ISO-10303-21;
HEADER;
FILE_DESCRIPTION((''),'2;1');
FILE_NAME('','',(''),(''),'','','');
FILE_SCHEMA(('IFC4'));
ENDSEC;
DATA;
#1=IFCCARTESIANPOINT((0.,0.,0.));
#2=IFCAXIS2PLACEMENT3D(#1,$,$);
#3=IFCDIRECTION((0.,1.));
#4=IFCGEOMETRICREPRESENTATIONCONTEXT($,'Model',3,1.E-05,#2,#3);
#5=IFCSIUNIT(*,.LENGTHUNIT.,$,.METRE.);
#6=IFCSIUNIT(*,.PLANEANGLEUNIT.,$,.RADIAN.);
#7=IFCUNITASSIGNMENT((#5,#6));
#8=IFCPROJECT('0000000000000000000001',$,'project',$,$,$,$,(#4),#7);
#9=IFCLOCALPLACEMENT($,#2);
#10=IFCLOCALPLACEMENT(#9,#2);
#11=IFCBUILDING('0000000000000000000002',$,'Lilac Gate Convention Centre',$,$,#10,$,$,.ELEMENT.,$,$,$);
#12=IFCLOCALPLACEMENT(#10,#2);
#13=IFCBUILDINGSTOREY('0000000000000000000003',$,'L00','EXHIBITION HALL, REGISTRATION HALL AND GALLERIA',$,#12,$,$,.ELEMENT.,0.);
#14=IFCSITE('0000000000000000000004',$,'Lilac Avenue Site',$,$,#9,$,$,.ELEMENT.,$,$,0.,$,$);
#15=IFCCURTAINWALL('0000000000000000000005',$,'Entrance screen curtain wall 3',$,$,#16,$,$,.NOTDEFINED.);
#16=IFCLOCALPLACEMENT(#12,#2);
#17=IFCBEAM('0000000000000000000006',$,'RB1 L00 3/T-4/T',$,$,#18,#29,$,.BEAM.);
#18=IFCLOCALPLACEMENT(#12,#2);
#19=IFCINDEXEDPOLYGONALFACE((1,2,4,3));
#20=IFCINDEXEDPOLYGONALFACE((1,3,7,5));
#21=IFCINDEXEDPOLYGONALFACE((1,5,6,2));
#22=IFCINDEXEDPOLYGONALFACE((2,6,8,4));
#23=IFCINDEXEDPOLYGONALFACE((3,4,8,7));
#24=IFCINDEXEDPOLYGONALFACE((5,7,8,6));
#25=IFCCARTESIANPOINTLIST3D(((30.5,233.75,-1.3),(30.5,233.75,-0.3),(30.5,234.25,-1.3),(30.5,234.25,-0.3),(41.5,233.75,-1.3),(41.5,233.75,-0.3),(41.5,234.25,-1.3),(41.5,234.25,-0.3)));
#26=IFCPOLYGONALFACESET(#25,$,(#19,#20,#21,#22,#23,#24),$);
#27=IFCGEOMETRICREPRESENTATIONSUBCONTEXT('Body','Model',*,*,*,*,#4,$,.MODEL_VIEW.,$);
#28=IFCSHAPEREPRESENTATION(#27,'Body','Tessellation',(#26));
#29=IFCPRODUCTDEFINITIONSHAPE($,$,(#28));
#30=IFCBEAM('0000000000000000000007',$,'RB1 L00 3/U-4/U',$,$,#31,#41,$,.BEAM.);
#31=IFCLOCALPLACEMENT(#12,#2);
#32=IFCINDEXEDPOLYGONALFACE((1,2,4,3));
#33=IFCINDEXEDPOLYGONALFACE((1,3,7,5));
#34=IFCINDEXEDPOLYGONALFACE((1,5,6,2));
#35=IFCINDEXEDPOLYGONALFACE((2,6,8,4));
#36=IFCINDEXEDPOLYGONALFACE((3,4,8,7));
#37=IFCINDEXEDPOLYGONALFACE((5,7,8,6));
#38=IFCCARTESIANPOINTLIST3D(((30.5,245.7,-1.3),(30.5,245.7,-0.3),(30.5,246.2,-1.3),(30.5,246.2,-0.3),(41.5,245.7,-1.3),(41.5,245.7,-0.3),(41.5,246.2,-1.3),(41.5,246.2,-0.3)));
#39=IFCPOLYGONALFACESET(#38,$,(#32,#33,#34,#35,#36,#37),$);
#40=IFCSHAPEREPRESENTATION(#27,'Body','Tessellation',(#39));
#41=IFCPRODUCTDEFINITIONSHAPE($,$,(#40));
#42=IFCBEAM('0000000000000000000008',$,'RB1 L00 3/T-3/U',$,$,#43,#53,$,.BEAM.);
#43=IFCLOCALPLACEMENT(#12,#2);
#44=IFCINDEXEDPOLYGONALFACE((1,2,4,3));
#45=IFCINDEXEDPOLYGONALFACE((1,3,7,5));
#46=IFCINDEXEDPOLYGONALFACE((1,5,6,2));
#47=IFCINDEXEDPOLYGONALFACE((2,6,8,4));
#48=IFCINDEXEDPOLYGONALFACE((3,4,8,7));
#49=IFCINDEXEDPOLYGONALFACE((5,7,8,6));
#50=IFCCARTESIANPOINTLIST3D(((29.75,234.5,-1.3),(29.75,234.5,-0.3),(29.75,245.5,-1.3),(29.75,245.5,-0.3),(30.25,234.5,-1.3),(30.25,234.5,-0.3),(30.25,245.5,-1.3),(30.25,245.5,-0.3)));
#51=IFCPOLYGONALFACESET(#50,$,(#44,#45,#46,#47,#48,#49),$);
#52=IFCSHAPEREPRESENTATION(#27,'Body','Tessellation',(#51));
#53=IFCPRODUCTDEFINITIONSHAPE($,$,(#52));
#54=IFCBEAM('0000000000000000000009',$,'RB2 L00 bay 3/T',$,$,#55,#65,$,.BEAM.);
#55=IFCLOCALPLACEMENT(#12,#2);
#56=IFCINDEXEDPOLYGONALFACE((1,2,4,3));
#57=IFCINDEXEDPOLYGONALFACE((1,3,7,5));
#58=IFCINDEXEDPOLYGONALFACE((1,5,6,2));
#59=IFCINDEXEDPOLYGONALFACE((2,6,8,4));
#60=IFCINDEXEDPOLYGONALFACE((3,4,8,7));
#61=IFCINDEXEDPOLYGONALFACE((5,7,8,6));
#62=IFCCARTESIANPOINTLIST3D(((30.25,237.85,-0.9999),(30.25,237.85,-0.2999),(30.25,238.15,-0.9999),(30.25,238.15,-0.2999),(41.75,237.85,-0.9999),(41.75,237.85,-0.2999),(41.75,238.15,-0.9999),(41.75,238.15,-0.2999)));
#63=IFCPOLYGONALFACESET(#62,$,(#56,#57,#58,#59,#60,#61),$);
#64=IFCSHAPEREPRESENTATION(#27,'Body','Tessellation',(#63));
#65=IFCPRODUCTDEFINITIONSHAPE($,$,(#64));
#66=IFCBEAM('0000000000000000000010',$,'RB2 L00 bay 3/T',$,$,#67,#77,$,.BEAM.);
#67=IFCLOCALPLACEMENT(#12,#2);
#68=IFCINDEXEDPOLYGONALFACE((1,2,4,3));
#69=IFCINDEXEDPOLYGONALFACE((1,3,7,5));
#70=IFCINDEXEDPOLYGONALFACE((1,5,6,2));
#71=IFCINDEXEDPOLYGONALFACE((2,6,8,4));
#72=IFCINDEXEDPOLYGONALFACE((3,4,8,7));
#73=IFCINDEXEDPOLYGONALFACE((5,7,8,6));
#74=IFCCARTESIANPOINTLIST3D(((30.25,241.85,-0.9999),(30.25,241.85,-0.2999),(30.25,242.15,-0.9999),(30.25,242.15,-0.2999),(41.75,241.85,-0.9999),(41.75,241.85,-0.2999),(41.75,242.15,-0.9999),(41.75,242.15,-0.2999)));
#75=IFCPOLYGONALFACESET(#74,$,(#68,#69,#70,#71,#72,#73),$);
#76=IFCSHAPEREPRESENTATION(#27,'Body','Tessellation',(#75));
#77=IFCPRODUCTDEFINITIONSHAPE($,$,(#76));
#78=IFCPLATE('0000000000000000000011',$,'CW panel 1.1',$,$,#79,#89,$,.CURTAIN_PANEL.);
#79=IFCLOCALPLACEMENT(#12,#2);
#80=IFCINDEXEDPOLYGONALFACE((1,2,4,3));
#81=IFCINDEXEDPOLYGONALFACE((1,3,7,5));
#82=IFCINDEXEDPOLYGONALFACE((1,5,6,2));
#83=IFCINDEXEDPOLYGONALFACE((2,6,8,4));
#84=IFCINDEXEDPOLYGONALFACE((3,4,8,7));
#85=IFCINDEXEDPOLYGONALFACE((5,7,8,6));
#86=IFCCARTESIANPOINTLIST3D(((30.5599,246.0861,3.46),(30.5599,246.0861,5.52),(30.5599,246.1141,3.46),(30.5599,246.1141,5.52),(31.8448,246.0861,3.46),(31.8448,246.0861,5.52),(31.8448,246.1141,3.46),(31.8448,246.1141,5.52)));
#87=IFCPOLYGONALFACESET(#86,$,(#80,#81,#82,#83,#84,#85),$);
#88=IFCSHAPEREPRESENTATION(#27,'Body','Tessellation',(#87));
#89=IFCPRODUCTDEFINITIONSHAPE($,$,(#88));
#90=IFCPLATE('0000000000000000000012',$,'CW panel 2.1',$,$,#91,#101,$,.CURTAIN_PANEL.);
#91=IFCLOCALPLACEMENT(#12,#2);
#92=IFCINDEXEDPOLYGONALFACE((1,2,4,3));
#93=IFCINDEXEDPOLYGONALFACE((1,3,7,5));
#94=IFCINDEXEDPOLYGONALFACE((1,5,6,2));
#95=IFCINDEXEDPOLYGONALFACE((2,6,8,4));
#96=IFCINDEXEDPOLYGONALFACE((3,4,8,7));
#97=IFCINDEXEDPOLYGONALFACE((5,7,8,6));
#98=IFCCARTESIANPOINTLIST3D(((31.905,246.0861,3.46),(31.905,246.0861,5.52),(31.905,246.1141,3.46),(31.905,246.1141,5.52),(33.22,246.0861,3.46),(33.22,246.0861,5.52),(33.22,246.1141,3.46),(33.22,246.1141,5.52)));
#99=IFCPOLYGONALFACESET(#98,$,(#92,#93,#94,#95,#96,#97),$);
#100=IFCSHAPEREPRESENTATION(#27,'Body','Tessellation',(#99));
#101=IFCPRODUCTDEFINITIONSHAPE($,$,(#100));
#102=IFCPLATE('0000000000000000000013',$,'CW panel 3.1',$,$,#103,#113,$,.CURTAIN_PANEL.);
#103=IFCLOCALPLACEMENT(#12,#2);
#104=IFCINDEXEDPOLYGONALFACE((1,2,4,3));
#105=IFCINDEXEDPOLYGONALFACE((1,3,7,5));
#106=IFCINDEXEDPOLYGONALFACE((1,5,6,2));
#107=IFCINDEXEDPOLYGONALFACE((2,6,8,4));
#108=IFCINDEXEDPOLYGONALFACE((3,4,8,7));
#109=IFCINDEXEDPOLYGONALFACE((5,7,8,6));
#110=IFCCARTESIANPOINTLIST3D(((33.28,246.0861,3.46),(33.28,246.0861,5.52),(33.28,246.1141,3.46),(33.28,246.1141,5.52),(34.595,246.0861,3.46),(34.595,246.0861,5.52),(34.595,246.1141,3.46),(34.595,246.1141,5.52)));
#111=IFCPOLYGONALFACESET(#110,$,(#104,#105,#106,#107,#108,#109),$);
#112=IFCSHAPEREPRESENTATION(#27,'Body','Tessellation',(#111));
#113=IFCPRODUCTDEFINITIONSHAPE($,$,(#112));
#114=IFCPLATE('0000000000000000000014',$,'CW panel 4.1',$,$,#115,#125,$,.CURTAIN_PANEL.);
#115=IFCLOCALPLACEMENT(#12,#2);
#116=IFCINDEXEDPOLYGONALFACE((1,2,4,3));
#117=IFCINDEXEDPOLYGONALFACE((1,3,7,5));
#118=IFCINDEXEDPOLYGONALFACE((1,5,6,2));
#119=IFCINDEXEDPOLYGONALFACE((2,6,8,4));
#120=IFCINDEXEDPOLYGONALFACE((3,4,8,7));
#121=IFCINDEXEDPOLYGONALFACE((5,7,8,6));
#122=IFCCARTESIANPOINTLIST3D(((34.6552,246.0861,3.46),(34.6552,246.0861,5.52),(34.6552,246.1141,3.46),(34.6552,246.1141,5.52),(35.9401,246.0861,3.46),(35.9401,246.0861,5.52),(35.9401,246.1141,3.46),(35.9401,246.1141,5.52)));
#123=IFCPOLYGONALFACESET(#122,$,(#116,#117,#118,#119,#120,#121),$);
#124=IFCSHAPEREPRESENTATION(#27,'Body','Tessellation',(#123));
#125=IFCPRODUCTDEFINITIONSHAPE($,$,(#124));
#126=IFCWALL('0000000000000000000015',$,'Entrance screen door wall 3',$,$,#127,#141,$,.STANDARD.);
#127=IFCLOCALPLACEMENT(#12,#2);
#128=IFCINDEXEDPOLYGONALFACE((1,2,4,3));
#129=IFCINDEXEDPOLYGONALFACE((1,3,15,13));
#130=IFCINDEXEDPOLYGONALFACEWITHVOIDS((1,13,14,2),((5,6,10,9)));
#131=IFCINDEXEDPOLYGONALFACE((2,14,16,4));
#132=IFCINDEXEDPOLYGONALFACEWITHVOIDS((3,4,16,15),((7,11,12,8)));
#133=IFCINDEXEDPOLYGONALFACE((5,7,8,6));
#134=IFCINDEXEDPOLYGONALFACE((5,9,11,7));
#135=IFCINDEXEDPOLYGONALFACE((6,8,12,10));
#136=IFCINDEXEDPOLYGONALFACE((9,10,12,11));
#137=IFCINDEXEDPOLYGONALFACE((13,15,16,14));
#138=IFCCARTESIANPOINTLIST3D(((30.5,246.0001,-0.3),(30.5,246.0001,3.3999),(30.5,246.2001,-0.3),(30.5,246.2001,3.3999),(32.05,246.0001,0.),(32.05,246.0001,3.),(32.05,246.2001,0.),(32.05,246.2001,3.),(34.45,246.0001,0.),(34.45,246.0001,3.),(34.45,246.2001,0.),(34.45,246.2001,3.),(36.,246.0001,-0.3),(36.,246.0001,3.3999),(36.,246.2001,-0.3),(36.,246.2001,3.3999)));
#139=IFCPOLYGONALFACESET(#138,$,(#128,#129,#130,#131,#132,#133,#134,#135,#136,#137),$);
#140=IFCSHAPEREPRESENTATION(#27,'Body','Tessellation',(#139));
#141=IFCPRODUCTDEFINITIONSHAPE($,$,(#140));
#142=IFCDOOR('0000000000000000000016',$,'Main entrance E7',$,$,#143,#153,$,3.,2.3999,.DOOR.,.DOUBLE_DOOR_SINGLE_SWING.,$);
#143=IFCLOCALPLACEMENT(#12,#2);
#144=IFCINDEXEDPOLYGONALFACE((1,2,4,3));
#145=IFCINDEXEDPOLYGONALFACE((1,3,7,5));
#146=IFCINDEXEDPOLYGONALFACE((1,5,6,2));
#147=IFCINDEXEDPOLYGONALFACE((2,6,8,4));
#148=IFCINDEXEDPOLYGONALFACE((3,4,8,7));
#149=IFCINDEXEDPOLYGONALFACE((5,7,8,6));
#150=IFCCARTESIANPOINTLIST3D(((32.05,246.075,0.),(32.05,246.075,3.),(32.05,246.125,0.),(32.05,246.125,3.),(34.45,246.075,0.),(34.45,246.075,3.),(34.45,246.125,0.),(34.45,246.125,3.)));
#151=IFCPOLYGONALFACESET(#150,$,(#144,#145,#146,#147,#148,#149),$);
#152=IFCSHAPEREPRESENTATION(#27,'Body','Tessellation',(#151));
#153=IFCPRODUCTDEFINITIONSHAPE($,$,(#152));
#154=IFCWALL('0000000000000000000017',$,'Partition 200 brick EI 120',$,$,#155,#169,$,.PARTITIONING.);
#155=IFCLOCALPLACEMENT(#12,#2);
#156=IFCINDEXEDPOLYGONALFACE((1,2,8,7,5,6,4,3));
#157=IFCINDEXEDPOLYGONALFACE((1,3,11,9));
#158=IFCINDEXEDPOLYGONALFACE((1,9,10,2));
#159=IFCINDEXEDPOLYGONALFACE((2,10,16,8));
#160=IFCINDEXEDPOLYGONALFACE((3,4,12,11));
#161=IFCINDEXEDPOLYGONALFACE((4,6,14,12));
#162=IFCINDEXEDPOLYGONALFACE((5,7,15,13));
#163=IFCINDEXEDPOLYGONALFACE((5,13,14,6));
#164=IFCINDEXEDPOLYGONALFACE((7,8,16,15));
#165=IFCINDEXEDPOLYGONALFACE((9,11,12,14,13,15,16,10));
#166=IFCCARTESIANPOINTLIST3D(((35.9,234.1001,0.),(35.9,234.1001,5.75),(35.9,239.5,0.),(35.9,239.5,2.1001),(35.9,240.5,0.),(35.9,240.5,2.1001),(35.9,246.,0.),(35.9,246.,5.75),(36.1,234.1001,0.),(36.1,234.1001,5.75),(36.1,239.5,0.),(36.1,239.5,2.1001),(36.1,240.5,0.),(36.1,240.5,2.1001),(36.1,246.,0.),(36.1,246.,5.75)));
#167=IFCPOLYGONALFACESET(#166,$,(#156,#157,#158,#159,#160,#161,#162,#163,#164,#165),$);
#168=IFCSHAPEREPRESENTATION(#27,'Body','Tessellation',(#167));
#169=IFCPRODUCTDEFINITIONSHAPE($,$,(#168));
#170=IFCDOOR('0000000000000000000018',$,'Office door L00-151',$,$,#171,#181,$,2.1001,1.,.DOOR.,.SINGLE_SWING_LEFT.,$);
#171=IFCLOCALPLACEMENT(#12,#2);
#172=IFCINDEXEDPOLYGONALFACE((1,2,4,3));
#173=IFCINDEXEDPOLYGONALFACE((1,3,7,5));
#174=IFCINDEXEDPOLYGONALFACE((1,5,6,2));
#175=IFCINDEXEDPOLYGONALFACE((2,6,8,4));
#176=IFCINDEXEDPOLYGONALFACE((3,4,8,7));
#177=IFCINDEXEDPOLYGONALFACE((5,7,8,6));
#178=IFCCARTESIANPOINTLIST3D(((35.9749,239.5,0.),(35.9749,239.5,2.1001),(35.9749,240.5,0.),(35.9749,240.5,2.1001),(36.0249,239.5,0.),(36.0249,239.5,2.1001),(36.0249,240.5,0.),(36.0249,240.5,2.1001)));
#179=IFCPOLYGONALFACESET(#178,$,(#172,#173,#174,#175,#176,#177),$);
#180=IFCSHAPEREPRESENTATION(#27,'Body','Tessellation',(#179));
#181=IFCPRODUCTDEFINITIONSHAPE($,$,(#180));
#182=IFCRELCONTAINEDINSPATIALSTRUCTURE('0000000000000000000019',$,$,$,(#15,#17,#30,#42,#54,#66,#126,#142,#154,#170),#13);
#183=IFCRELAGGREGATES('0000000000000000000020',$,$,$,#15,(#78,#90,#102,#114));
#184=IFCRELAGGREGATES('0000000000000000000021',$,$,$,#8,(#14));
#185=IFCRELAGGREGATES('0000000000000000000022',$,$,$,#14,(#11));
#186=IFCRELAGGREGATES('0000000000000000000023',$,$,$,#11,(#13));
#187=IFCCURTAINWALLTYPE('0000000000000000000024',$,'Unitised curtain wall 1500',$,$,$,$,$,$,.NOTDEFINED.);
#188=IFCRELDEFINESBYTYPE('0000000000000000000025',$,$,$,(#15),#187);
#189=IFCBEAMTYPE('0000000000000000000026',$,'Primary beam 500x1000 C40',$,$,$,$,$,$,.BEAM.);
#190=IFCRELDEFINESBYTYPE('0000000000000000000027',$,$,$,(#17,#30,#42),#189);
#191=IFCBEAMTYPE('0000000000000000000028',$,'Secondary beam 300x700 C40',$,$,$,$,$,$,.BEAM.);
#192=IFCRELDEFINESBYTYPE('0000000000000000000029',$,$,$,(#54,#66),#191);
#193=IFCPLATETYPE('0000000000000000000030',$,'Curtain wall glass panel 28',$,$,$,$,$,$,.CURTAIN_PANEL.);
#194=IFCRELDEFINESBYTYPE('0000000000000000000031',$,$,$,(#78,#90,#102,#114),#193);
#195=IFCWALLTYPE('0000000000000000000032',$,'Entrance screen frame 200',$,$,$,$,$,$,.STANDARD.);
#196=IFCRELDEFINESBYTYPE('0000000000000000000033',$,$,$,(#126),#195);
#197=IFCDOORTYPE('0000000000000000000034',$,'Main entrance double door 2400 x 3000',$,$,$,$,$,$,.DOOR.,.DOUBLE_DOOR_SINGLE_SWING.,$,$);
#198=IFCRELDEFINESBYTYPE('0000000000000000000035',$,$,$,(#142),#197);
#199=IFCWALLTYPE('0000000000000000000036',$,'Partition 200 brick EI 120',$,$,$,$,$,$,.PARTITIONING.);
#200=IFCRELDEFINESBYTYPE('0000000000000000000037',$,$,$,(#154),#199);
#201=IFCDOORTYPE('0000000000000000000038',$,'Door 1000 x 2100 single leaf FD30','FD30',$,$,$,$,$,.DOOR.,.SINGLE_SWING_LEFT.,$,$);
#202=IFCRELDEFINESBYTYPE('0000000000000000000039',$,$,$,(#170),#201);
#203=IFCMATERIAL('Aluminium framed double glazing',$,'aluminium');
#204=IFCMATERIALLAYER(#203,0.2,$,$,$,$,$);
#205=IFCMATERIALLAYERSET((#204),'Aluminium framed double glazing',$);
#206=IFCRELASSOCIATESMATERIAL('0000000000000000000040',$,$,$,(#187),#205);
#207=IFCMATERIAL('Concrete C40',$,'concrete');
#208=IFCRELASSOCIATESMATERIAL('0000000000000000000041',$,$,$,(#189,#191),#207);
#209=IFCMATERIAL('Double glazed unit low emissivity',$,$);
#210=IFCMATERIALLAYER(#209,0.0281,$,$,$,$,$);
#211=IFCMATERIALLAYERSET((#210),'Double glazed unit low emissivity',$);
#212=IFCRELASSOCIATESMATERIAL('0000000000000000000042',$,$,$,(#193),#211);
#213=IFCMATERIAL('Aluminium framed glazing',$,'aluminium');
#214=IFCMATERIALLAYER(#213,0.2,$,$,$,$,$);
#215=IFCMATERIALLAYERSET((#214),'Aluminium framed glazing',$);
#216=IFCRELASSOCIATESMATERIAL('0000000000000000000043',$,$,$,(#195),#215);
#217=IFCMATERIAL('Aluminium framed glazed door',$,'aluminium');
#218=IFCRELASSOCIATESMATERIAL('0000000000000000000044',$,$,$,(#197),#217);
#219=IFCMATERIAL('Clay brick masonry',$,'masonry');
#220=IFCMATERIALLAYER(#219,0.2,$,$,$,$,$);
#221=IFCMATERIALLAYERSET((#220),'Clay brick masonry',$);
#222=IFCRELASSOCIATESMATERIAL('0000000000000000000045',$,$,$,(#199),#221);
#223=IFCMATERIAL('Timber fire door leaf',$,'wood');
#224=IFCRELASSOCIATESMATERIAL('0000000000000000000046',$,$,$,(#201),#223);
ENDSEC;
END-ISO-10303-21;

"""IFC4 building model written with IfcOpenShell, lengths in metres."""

from ifc_helpers import new_model, si_unit, direction, frame, frame_2d, origin, origin_2d, place, context, subcontext, project, spatial, rectangle, extrude, material, layer, layer_set, material_profile, profile_set, type_object, element, fill, aggregate, save


model = new_model("IFC4")

# Units and contexts
model_context = context("Model", 3, precision=1e-05, world=origin(), true_north=direction((0.0, 1.0)))
body_context = subcontext(model_context, "Body", "Model", "MODEL_VIEW")
ifc_project = project(units=[si_unit("LENGTHUNIT", "METRE"), si_unit("PLANEANGLEUNIT", "RADIAN")], contexts=[model_context])

# Site, building, storey
site_placement = place(None, origin())
site = spatial("IfcSite", under=ifc_project, at=site_placement, Name="Lilac Avenue Site", CompositionType="ELEMENT", RefElevation=0.0)
building_placement = place(site_placement, origin())
building = spatial("IfcBuilding", under=site, at=building_placement, Name="Lilac Gate Convention Centre", CompositionType="ELEMENT")
storey_placement = place(building_placement, origin())
storey = spatial("IfcBuildingStorey", under=building, at=storey_placement, Name="L00", Description="EXHIBITION HALL, REGISTRATION HALL AND GALLERIA", CompositionType="ELEMENT", Elevation=0.0)

# Shared definitions
ifc_material_1 = material(Name="Concrete C40", Category="concrete")

# Curtain wall
ifc_material_2 = material(Name="Aluminium framed double glazing", Category="aluminium")
ifc_layer_1 = layer(ifc_material_2, 0.2)
ifc_layer_set_1 = layer_set([ifc_layer_1], Name="Aluminium framed double glazing")
curtain_wall_type = type_object("IfcCurtainWallType", Name="Unitised curtain wall 1500", PredefinedType="NOTDEFINED", material=ifc_layer_set_1)
curtain_wall_placement = place(storey_placement, origin())
curtain_wall = element("IfcCurtainWall", 1, at=curtain_wall_placement, inside=storey, type_object=curtain_wall_type, Name="Entrance screen curtain wall 3", PredefinedType="NOTDEFINED")

# Beams
ifc_material_profile_1 = material_profile(ifc_material_1, rectangle(XDim=0.5, YDim=1.0, at=origin_2d()), Name="RC 500x1000")
ifc_profile_set_1 = profile_set([ifc_material_profile_1], Name="Concrete C40")
beam_type_1 = type_object("IfcBeamType", Name="Primary beam 500x1000 C40", PredefinedType="BEAM", material=ifc_profile_set_1)
for number, where, z_axis, x_axis, name in (
    (2, (30.5, 234.0, -0.8), (1.0, 0.0, 0.0), (0.0, 1.0, 0.0), "RB1 L00 3/T-4/T"),
    (3, (30.5, 245.95, -0.8), (1.0, 0.0, 0.0), (0.0, 1.0, 0.0), "RB1 L00 3/U-4/U"),
    (4, (30.0, 234.5, -0.8), (0.0, 1.0, 0.0), (-1.0, 0.0, 0.0), "RB1 L00 3/T-3/U"),
):
    element("IfcBeam", number, at=place(storey_placement, frame(where, z_axis=z_axis, x_axis=x_axis)), inside=storey, type_object=beam_type_1, Name=name, PredefinedType="BEAM", context=body_context, shape_type="SweptSolid", body=[
        extrude(rectangle(XDim=0.5, YDim=1.0, at=origin_2d()), origin(), (0.0, 0.0, 1.0), 11.0),
    ])
ifc_material_profile_2 = material_profile(ifc_material_1, rectangle(XDim=0.3, YDim=0.7, at=origin_2d()), Name="RC 300x700")
ifc_profile_set_2 = profile_set([ifc_material_profile_2], Name="Concrete C40")
beam_type_2 = type_object("IfcBeamType", Name="Secondary beam 300x700 C40", PredefinedType="BEAM", material=ifc_profile_set_2)
for number, where, z_axis, x_axis, name in (
    (5, (30.25, 238.0, -0.6499), (1.0, 0.0, 0.0), (0.0, 1.0, 0.0), "RB2 L00 bay 3/T"),
    (6, (30.25, 242.0, -0.6499), (1.0, 0.0, 0.0), (0.0, 1.0, 0.0), "RB2 L00 bay 3/T"),
):
    element("IfcBeam", number, at=place(storey_placement, frame(where, z_axis=z_axis, x_axis=x_axis)), inside=storey, type_object=beam_type_2, Name=name, PredefinedType="BEAM", context=body_context, shape_type="SweptSolid", body=[
        extrude(rectangle(XDim=0.3, YDim=0.7, at=origin_2d()), origin(), (0.0, 0.0, 1.0), 11.5),
    ])

# Plates
ifc_material_3 = material(Name="Double glazed unit low emissivity")
ifc_layer_2 = layer(ifc_material_3, 0.0281)
ifc_layer_set_2 = layer_set([ifc_layer_2], Name="Double glazed unit low emissivity")
plate_type = type_object("IfcPlateType", Name="Curtain wall glass panel 28", PredefinedType="CURTAIN_PANEL", material=ifc_layer_set_2)
plate_1_placement = place(storey_placement, frame((31.2024, 246.1001, 3.46), z_axis=(0.0, 0.0, 1.0), x_axis=(1.0, 0.0, 0.0)))
plate_1 = element("IfcPlate", 7, at=plate_1_placement, type_object=plate_type, Name="CW panel 1.1", PredefinedType="CURTAIN_PANEL", context=body_context, shape_type="SweptSolid", body=[
    extrude(rectangle(XDim=1.2849, YDim=0.0281, at=origin_2d()), origin(), (0.0, 0.0, 1.0), 2.0601),
])
plate_2_placement = place(storey_placement, frame((32.5625, 246.1001, 3.46), z_axis=(0.0, 0.0, 1.0), x_axis=(1.0, 0.0, 0.0)))
plate_2 = element("IfcPlate", 8, at=plate_2_placement, type_object=plate_type, Name="CW panel 2.1", PredefinedType="CURTAIN_PANEL", context=body_context, shape_type="SweptSolid", body=[
    extrude(rectangle(XDim=1.3149, YDim=0.0281, at=origin_2d()), origin(), (0.0, 0.0, 1.0), 2.0601),
])
plate_3_placement = place(storey_placement, frame((33.9375, 246.1001, 3.46), z_axis=(0.0, 0.0, 1.0), x_axis=(1.0, 0.0, 0.0)))
plate_3 = element("IfcPlate", 9, at=plate_3_placement, type_object=plate_type, Name="CW panel 3.1", PredefinedType="CURTAIN_PANEL", context=body_context, shape_type="SweptSolid", body=[
    extrude(rectangle(XDim=1.3149, YDim=0.0281, at=origin_2d()), origin(), (0.0, 0.0, 1.0), 2.0601),
])
plate_4_placement = place(storey_placement, frame((35.2976, 246.1001, 3.46), z_axis=(0.0, 0.0, 1.0), x_axis=(1.0, 0.0, 0.0)))
plate_4 = element("IfcPlate", 10, at=plate_4_placement, type_object=plate_type, Name="CW panel 4.1", PredefinedType="CURTAIN_PANEL", context=body_context, shape_type="SweptSolid", body=[
    extrude(rectangle(XDim=1.2849, YDim=0.0281, at=origin_2d()), origin(), (0.0, 0.0, 1.0), 2.0601),
])
aggregate(curtain_wall, [plate_1, plate_2, plate_3, plate_4])

# Walls, openings, doors
ifc_material_4 = material(Name="Aluminium framed glazing", Category="aluminium")
ifc_layer_3 = layer(ifc_material_4, 0.2)
ifc_layer_set_3 = layer_set([ifc_layer_3], Name="Aluminium framed glazing")
wall_type_1 = type_object("IfcWallType", Name="Entrance screen frame 200", PredefinedType="STANDARD", material=ifc_layer_set_3)
wall_1_placement = place(storey_placement, frame((30.5, 246.1001, -0.3), z_axis=(0.0, 0.0, 1.0), x_axis=(1.0, 0.0, 0.0)))
wall_1 = element("IfcWall", 11, at=wall_1_placement, inside=storey, type_object=wall_type_1, Name="Entrance screen door wall 3", PredefinedType="STANDARD", context=body_context, shape_type="SweptSolid", body=[
    extrude(rectangle(XDim=5.5, YDim=0.2, at=frame_2d((2.75, 0.0))), origin(), (0.0, 0.0, 1.0), 3.7),
])
opening_1_placement = place(wall_1_placement, frame((1.55, 0.0, 0.3)))
opening_1 = element("IfcOpeningElement", 12, at=opening_1_placement, cuts=wall_1, PredefinedType="OPENING", context=body_context, shape_type="SweptSolid", body=[
    extrude(rectangle(XDim=2.3999, YDim=3.0, at=frame_2d((1.2, 1.5))), frame((0.0, 0.1099, 0.0), z_axis=(0.0, -1.0, 0.0), x_axis=(1.0, 0.0, 0.0)), (0.0, 0.0, 1.0), 0.22),
])
ifc_material_5 = material(Name="Aluminium framed glazed door", Category="aluminium")
door_type_1 = type_object("IfcDoorType", Name="Main entrance double door 2400 x 3000", OperationType="DOUBLE_DOOR_SINGLE_SWING", PredefinedType="DOOR", material=ifc_material_5)
door_1_placement = place(opening_1_placement, origin())
door_1 = element("IfcDoor", 13, at=door_1_placement, inside=storey, type_object=door_type_1, Name="Main entrance E7", OperationType="DOUBLE_DOOR_SINGLE_SWING", OverallHeight=3.0, OverallWidth=2.3999, PredefinedType="DOOR", context=body_context, shape_type="SweptSolid", body=[
    extrude(rectangle(XDim=2.3999, YDim=3.0, at=frame_2d((1.2, 1.5))), frame((0.0, 0.0249, 0.0), z_axis=(0.0, -1.0, 0.0), x_axis=(1.0, 0.0, 0.0)), (0.0, 0.0, 1.0), 0.05),
])
fill(opening_1, door_1)
ifc_material_6 = material(Name="Clay brick masonry", Category="masonry")
ifc_layer_4 = layer(ifc_material_6, 0.2)
ifc_layer_set_4 = layer_set([ifc_layer_4], Name="Clay brick masonry")
wall_type_2 = type_object("IfcWallType", Name="Partition 200 brick EI 120", PredefinedType="PARTITIONING", material=ifc_layer_set_4)
wall_2_placement = place(storey_placement, frame((36.0, 234.1001, 0.0), z_axis=(0.0, 0.0, 1.0), x_axis=(0.0, 1.0, 0.0)))
wall_2 = element("IfcWall", 14, at=wall_2_placement, inside=storey, type_object=wall_type_2, Name="Partition 200 brick EI 120", PredefinedType="PARTITIONING", context=body_context, shape_type="SweptSolid", body=[
    extrude(rectangle(XDim=11.8999, YDim=0.2, at=frame_2d((5.95, 0.0))), origin(), (0.0, 0.0, 1.0), 5.75),
])
opening_2_placement = place(wall_2_placement, frame((5.3999, 0.0, 0.0)))
opening_2 = element("IfcOpeningElement", 15, at=opening_2_placement, cuts=wall_2, PredefinedType="OPENING", context=body_context, shape_type="SweptSolid", body=[
    extrude(rectangle(XDim=1.0, YDim=2.1001, at=frame_2d((0.5, 1.05))), frame((0.0, 0.1099, 0.0), z_axis=(0.0, -1.0, 0.0), x_axis=(1.0, 0.0, 0.0)), (0.0, 0.0, 1.0), 0.22),
])
ifc_material_7 = material(Name="Timber fire door leaf", Category="wood")
door_type_2 = type_object("IfcDoorType", Name="Door 1000 x 2100 single leaf FD30", Description="FD30", OperationType="SINGLE_SWING_LEFT", PredefinedType="DOOR", material=ifc_material_7)
door_2_placement = place(opening_2_placement, frame((1.0, 0.0, 0.0), z_axis=(0.0, 0.0, 1.0), x_axis=(-1.0, 0.0, 0.0)))
door_2 = element("IfcDoor", 16, at=door_2_placement, inside=storey, type_object=door_type_2, Name="Office door L00-151", OperationType="SINGLE_SWING_LEFT", OverallHeight=2.1001, OverallWidth=1.0, PredefinedType="DOOR", context=body_context, shape_type="SweptSolid", body=[
    extrude(rectangle(XDim=1.0, YDim=2.1001, at=frame_2d((0.5, 1.05))), frame((0.0, 0.0249, 0.0), z_axis=(0.0, -1.0, 0.0), x_axis=(1.0, 0.0, 0.0)), (0.0, 0.0, 1.0), 0.05),
])
fill(opening_2, door_2)

save(model, "model.ifc")
